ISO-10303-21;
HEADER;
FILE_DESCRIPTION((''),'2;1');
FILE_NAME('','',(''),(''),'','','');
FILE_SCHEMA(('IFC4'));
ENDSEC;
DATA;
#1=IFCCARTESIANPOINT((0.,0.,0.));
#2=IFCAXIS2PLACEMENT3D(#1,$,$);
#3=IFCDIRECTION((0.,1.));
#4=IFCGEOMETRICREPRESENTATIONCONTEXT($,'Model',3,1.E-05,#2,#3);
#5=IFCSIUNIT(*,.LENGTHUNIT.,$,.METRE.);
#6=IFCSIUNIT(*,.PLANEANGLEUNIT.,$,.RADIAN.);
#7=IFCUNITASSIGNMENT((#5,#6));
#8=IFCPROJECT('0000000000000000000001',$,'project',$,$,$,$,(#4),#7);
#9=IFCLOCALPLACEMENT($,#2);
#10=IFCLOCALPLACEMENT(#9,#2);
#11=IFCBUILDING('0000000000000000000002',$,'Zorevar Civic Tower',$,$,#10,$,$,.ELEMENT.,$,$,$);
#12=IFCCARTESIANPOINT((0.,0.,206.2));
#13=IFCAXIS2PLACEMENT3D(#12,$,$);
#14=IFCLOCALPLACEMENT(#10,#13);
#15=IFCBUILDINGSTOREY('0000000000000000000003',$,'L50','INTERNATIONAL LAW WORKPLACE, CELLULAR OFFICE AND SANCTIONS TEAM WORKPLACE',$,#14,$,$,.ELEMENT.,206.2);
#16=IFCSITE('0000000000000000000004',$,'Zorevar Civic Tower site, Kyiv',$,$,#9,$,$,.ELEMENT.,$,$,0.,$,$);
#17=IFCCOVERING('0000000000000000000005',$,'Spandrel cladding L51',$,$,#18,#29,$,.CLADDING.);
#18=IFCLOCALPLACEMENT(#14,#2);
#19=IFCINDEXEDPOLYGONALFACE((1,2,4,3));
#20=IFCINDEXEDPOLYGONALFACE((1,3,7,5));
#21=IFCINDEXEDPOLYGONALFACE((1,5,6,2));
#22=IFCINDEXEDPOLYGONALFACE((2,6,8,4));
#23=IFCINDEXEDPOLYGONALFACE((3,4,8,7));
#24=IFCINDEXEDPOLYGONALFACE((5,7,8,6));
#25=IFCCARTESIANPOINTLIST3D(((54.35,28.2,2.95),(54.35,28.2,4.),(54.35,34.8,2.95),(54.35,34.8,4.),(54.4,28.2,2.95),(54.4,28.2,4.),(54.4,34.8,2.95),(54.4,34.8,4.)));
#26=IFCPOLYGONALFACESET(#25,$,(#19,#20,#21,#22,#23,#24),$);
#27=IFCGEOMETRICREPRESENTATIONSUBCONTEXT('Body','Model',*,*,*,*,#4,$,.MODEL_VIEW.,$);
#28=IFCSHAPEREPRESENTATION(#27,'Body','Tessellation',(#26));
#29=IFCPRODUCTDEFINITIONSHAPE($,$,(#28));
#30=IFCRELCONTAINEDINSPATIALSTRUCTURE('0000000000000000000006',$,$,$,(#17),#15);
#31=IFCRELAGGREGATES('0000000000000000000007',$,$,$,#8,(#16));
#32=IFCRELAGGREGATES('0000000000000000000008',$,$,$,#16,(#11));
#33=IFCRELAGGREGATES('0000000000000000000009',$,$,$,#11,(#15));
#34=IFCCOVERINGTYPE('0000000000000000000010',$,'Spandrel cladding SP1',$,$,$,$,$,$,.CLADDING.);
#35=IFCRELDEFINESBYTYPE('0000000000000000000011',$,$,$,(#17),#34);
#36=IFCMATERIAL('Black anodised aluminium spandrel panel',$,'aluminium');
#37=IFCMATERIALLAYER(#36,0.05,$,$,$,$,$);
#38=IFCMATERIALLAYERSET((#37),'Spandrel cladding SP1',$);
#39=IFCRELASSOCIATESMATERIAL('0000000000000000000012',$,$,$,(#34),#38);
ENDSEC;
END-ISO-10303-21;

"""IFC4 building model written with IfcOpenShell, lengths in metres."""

from ifc_helpers import new_model, si_unit, direction, frame, frame_2d, origin, place, context, subcontext, project, spatial, rectangle, extrude, material, layer, layer_set, type_object, element, save


model = new_model("IFC4")

# Units and contexts
model_context = context("Model", 3, precision=1e-05, world=origin(), true_north=direction((0.0, 1.0)))
body_context = subcontext(model_context, "Body", "Model", "MODEL_VIEW")
ifc_project = project(units=[si_unit("LENGTHUNIT", "METRE"), si_unit("PLANEANGLEUNIT", "RADIAN")], contexts=[model_context])

# Site, building, storey
site_placement = place(None, origin())
site = spatial("IfcSite", under=ifc_project, at=site_placement, Name="Zorevar Civic Tower site, Kyiv", CompositionType="ELEMENT", RefElevation=0.0)
building_placement = place(site_placement, origin())
building = spatial("IfcBuilding", under=site, at=building_placement, Name="Zorevar Civic Tower", CompositionType="ELEMENT")
storey_placement = place(building_placement, frame((0.0, 0.0, 206.2)))
storey = spatial("IfcBuildingStorey", under=building, at=storey_placement, Name="L50", Description="INTERNATIONAL LAW WORKPLACE, CELLULAR OFFICE AND SANCTIONS TEAM WORKPLACE", CompositionType="ELEMENT", Elevation=206.2)

# Covering
ifc_material_1 = material(Name="Black anodised aluminium spandrel panel", Category="aluminium")
ifc_layer_1 = layer(ifc_material_1, 0.05)
ifc_layer_set_1 = layer_set([ifc_layer_1], Name="Spandrel cladding SP1")
covering_type = type_object("IfcCoveringType", Name="Spandrel cladding SP1", PredefinedType="CLADDING", material=ifc_layer_set_1)
covering_placement = place(storey_placement, frame((54.375, 28.2, 2.95), z_axis=(0.0, 0.0, 1.0), x_axis=(0.0, 1.0, 0.0)))
element("IfcCovering", 1, at=covering_placement, inside=storey, type_object=covering_type, Name="Spandrel cladding L51", PredefinedType="CLADDING", context=body_context, shape_type="SweptSolid", body=[
    extrude(rectangle(XDim=6.6001, YDim=0.05, at=frame_2d((3.3, 0.0))), origin(), (0.0, 0.0, 1.0), 1.05),
])

save(model, "model.ifc")
